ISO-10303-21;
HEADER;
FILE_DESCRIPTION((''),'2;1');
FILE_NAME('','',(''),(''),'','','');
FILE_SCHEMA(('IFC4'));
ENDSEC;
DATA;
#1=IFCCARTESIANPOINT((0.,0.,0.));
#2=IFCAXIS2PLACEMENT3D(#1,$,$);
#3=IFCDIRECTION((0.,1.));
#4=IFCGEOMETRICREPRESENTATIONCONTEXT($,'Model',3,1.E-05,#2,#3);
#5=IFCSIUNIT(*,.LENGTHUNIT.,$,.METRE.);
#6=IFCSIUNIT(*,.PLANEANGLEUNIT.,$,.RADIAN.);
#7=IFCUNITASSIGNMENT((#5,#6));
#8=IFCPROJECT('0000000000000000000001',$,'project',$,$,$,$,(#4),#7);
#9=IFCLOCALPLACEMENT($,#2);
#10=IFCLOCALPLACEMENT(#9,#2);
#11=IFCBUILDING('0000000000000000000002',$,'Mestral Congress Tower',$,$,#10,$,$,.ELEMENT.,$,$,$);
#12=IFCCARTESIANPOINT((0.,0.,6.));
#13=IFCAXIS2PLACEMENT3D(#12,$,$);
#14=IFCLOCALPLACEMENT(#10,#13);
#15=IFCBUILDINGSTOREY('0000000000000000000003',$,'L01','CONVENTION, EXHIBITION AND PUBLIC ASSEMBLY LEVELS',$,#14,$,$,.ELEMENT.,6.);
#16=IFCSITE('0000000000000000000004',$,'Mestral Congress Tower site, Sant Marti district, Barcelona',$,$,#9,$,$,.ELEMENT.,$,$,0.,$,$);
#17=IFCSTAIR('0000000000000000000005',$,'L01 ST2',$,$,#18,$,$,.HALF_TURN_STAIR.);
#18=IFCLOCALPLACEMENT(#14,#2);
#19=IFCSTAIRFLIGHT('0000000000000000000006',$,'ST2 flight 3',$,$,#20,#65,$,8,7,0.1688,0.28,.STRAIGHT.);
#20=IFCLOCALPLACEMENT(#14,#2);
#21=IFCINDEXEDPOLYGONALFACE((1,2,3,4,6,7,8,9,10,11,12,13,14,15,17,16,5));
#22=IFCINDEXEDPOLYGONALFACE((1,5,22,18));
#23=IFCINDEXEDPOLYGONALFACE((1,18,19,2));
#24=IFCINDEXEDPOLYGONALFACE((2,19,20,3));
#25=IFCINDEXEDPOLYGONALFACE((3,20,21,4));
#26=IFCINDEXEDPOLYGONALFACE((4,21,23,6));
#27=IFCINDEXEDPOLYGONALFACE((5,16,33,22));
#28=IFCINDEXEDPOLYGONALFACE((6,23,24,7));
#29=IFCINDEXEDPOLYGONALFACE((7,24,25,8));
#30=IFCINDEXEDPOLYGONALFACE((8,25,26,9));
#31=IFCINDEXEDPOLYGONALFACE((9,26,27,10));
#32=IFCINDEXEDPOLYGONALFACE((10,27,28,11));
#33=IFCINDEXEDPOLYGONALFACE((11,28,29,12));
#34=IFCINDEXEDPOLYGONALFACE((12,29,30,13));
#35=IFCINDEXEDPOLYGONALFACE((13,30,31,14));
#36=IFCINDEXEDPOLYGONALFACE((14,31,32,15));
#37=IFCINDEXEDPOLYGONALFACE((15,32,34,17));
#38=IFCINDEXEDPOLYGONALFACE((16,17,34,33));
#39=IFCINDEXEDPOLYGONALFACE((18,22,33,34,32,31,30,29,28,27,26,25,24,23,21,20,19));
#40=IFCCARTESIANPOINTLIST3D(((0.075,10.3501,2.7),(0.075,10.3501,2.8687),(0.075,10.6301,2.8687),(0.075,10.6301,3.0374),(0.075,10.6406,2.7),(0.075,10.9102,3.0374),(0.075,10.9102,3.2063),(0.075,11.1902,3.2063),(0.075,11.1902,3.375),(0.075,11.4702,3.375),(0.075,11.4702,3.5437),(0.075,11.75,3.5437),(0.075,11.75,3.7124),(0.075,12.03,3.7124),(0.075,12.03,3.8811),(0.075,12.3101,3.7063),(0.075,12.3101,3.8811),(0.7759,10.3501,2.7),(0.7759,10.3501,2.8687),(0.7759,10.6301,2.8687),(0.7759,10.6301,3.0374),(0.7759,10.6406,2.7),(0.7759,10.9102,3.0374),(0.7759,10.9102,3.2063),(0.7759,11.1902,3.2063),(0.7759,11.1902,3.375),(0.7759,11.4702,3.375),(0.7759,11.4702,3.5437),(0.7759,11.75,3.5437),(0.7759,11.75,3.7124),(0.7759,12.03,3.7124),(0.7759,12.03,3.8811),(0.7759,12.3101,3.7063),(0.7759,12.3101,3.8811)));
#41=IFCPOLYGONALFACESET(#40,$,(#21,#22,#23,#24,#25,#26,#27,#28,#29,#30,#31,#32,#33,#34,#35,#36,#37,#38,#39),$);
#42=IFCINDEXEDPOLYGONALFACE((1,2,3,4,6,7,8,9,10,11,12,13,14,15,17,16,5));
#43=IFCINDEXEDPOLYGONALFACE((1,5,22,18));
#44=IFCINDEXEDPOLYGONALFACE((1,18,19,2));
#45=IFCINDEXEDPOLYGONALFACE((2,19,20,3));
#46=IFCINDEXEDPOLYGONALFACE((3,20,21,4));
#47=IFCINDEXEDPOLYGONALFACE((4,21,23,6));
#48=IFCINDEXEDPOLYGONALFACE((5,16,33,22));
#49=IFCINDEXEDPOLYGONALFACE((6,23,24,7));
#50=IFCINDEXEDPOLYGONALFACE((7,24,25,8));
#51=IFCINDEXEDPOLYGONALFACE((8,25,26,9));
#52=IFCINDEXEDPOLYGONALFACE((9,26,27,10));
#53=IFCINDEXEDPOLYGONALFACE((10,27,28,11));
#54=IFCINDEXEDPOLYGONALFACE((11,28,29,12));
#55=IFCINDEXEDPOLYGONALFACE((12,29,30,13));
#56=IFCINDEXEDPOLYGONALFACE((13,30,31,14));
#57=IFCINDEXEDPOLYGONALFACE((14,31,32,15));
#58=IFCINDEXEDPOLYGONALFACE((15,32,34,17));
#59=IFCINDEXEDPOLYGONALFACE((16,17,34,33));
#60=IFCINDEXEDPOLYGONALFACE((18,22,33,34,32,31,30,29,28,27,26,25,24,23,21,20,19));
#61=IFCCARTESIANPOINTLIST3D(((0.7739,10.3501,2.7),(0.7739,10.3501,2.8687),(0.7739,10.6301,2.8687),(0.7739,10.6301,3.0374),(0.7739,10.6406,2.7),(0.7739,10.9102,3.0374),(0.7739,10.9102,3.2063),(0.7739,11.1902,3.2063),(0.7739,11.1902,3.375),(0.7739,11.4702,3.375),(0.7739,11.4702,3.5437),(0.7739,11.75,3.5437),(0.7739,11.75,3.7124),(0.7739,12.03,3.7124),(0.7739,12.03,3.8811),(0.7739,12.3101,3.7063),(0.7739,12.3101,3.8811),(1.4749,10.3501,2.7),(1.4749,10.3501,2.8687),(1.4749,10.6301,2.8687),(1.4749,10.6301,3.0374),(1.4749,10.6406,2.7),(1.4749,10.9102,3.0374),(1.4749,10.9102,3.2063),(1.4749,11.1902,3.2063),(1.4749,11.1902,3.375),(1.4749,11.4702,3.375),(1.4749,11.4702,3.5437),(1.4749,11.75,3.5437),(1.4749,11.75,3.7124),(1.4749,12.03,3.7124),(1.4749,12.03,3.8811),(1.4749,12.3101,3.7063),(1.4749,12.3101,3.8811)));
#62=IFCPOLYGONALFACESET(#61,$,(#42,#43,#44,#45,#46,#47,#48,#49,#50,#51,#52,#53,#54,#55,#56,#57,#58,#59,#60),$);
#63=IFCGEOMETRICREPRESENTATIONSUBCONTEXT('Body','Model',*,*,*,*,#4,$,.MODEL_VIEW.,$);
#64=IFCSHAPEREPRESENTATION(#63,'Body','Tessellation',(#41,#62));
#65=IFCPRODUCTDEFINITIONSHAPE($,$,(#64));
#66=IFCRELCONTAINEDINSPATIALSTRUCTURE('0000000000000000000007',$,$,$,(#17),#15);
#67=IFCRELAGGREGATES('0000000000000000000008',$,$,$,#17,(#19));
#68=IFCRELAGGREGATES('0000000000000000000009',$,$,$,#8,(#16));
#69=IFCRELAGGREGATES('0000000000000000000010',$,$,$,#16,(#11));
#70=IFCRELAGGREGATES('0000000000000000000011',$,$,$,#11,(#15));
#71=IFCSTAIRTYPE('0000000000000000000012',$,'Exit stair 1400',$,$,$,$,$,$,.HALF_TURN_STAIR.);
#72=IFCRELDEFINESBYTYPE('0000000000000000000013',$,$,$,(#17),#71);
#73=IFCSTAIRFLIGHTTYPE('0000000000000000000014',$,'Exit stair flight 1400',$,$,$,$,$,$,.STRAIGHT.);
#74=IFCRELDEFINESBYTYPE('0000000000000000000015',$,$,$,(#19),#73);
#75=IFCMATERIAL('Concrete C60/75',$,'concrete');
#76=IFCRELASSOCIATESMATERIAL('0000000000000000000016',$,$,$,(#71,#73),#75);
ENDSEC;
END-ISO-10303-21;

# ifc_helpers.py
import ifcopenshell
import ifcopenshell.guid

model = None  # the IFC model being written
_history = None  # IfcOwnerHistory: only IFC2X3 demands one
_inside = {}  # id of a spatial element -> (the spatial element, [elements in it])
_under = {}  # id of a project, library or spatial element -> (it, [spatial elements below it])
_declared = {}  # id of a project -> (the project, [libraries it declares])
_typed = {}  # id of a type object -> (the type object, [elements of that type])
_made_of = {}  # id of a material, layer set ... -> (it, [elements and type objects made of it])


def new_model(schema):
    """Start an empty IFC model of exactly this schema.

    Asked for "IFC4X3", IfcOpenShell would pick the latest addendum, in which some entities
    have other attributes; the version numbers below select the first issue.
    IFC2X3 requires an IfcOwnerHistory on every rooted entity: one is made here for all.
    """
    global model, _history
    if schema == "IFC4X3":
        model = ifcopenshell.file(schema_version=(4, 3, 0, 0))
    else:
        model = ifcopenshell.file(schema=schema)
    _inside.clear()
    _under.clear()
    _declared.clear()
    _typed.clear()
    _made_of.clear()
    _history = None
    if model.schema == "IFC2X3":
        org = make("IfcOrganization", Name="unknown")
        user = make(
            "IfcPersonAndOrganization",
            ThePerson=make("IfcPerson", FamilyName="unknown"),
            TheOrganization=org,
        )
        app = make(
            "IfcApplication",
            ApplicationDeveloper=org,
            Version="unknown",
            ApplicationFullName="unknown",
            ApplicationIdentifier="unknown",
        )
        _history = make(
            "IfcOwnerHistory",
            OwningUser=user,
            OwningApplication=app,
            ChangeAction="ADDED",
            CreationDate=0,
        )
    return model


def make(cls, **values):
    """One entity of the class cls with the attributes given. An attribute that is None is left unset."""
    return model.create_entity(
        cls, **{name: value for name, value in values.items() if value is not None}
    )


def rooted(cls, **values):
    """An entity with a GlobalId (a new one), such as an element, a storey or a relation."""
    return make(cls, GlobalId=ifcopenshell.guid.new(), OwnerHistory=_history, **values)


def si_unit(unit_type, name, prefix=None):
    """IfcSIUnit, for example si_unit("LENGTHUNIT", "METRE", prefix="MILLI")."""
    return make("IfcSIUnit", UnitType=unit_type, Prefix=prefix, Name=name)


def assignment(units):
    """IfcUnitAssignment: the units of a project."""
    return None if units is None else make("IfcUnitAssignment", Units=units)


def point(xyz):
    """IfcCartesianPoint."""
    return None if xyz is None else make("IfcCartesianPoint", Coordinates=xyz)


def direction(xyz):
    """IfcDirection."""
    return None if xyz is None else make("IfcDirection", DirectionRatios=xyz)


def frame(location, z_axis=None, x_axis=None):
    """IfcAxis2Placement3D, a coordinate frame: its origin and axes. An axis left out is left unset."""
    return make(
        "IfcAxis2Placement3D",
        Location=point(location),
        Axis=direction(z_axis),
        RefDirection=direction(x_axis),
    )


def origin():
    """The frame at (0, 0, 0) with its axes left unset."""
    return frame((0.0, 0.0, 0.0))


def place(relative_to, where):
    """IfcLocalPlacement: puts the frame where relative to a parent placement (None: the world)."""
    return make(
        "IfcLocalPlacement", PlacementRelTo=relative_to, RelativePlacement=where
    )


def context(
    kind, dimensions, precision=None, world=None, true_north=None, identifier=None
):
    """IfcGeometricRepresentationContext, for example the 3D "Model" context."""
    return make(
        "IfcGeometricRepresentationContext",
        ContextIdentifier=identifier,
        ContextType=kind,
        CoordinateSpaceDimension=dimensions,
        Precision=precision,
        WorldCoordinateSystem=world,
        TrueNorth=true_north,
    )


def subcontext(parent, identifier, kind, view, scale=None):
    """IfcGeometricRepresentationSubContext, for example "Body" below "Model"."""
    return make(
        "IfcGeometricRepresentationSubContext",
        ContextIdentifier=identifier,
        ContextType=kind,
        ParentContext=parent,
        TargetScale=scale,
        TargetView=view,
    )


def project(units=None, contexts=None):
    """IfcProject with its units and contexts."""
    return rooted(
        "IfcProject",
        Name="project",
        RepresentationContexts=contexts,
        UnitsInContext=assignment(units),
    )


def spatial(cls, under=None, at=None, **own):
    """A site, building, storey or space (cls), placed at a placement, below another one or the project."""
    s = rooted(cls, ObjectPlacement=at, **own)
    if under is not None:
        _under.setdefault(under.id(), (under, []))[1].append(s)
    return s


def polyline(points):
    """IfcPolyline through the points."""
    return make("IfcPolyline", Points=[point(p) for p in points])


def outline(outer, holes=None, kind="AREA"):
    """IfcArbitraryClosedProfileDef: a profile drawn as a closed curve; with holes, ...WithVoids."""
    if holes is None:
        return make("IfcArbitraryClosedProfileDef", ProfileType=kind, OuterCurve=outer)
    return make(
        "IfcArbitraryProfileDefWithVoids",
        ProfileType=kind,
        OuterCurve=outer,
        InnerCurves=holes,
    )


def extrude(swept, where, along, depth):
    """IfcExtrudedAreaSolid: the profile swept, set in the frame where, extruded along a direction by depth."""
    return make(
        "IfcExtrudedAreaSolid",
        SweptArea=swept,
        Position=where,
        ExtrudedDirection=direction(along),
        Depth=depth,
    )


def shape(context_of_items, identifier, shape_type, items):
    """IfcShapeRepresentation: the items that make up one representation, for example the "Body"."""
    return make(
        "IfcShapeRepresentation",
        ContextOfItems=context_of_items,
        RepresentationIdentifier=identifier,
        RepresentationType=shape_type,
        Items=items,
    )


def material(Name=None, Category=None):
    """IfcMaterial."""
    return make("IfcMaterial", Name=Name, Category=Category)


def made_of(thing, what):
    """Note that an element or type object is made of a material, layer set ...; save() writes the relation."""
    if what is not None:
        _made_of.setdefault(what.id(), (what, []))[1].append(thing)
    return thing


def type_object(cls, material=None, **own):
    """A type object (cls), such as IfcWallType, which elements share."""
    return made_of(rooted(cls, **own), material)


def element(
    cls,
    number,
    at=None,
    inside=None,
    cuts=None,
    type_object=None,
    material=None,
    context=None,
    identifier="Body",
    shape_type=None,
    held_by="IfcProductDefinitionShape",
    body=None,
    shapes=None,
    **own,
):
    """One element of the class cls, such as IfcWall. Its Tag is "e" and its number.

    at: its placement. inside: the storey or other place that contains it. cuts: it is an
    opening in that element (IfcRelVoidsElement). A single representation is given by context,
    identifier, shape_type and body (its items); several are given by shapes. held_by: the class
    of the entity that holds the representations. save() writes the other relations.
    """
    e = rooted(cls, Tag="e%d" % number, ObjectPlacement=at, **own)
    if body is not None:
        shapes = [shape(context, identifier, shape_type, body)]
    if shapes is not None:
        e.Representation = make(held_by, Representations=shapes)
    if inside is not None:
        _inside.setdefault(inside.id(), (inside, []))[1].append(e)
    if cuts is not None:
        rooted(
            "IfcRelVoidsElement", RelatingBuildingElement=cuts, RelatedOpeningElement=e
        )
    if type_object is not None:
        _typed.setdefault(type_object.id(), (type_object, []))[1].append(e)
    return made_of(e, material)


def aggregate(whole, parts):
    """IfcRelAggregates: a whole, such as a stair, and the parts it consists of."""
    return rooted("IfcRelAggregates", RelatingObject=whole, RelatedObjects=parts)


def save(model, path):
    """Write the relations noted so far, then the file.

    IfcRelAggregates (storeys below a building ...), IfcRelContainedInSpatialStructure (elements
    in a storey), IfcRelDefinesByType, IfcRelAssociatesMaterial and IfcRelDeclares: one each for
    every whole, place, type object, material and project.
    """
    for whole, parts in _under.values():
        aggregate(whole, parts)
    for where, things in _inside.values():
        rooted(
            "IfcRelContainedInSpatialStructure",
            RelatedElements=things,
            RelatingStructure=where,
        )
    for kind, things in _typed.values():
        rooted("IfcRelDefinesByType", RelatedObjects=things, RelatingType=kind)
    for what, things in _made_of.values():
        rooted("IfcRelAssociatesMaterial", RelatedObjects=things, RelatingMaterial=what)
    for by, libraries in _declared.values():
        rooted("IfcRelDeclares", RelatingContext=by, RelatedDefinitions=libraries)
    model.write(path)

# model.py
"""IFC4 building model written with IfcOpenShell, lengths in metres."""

from ifc_helpers import new_model, si_unit, direction, frame, origin, place, context, subcontext, project, spatial, polyline, outline, extrude, material, type_object, element, aggregate, save


model = new_model("IFC4")

# Units and contexts
model_context = context("Model", 3, precision=1e-05, world=origin(), true_north=direction((0.0, 1.0)))
body_context = subcontext(model_context, "Body", "Model", "MODEL_VIEW")
ifc_project = project(units=[si_unit("LENGTHUNIT", "METRE"), si_unit("PLANEANGLEUNIT", "RADIAN")], contexts=[model_context])

# Site, building, storey
site_placement = place(None, origin())
site = spatial("IfcSite", under=ifc_project, at=site_placement, Name="Mestral Congress Tower site, Sant Marti district, Barcelona", CompositionType="ELEMENT", RefElevation=0.0)
building_placement = place(site_placement, origin())
building = spatial("IfcBuilding", under=site, at=building_placement, Name="Mestral Congress Tower", CompositionType="ELEMENT")
storey_placement = place(building_placement, frame((0.0, 0.0, 6.0)))
storey = spatial("IfcBuildingStorey", under=building, at=storey_placement, Name="L01", Description="CONVENTION, EXHIBITION AND PUBLIC ASSEMBLY LEVELS", CompositionType="ELEMENT", Elevation=6.0)

# Shared definitions
ifc_material_1 = material(Name="Concrete C60/75", Category="concrete")

# Stair, stair flight
stair_type = type_object("IfcStairType", Name="Exit stair 1400", PredefinedType="HALF_TURN_STAIR", material=ifc_material_1)
stair_placement = place(storey_placement, origin())
stair = element("IfcStair", 1, at=stair_placement, inside=storey, type_object=stair_type, Name="L01 ST2", PredefinedType="HALF_TURN_STAIR")
stair_flight_type = type_object("IfcStairFlightType", Name="Exit stair flight 1400", PredefinedType="STRAIGHT", material=ifc_material_1)
stair_flight_placement = place(storey_placement, frame((0.7749, 10.3501, 2.7), z_axis=(0.0, 0.0, 1.0), x_axis=(0.0, 1.0, 0.0)))
stair_flight = element("IfcStairFlight", 2, at=stair_flight_placement, type_object=stair_flight_type, Name="ST2 flight 3", NumberOfRisers=8, NumberOfTreads=7, PredefinedType="STRAIGHT", RiserHeight=0.1688, TreadLength=0.28, context=body_context, shape_type="SweptSolid", body=[
    extrude(outline(polyline([(0.0, 0.0), (0.0, 0.1687), (0.28, 0.1687), (0.28, 0.3374), (0.5601, 0.3374), (0.5601, 0.5063), (0.8401, 0.5063), (0.8401, 0.675), (1.1201, 0.675), (1.1201, 0.8438), (1.3999, 0.8438), (1.3999, 1.0125), (1.6799, 1.0125), (1.6799, 1.1812), (1.96, 1.1812), (1.96, 1.3501), (1.96, 1.0063), (0.2905, 0.0), (0.0, 0.0)])), frame((0.0, 0.7, 0.0), z_axis=(0.0, -1.0, 0.0), x_axis=(1.0, 0.0, 0.0)), (0.0, 0.0, 1.0), 0.7009),
    extrude(outline(polyline([(0.0, 0.0), (0.0, 0.1687), (0.28, 0.1687), (0.28, 0.3374), (0.5601, 0.3374), (0.5601, 0.5063), (0.8401, 0.5063), (0.8401, 0.675), (1.1201, 0.675), (1.1201, 0.8438), (1.3999, 0.8438), (1.3999, 1.0125), (1.6799, 1.0125), (1.6799, 1.1812), (1.96, 1.1812), (1.96, 1.3501), (1.96, 1.0063), (0.2905, 0.0), (0.0, 0.0)])), frame((0.0, 0.001, 0.0), z_axis=(0.0, -1.0, 0.0), x_axis=(1.0, 0.0, 0.0)), (0.0, 0.0, 1.0), 0.7009),
])
aggregate(stair, [stair_flight])

save(model, "model.ifc")
